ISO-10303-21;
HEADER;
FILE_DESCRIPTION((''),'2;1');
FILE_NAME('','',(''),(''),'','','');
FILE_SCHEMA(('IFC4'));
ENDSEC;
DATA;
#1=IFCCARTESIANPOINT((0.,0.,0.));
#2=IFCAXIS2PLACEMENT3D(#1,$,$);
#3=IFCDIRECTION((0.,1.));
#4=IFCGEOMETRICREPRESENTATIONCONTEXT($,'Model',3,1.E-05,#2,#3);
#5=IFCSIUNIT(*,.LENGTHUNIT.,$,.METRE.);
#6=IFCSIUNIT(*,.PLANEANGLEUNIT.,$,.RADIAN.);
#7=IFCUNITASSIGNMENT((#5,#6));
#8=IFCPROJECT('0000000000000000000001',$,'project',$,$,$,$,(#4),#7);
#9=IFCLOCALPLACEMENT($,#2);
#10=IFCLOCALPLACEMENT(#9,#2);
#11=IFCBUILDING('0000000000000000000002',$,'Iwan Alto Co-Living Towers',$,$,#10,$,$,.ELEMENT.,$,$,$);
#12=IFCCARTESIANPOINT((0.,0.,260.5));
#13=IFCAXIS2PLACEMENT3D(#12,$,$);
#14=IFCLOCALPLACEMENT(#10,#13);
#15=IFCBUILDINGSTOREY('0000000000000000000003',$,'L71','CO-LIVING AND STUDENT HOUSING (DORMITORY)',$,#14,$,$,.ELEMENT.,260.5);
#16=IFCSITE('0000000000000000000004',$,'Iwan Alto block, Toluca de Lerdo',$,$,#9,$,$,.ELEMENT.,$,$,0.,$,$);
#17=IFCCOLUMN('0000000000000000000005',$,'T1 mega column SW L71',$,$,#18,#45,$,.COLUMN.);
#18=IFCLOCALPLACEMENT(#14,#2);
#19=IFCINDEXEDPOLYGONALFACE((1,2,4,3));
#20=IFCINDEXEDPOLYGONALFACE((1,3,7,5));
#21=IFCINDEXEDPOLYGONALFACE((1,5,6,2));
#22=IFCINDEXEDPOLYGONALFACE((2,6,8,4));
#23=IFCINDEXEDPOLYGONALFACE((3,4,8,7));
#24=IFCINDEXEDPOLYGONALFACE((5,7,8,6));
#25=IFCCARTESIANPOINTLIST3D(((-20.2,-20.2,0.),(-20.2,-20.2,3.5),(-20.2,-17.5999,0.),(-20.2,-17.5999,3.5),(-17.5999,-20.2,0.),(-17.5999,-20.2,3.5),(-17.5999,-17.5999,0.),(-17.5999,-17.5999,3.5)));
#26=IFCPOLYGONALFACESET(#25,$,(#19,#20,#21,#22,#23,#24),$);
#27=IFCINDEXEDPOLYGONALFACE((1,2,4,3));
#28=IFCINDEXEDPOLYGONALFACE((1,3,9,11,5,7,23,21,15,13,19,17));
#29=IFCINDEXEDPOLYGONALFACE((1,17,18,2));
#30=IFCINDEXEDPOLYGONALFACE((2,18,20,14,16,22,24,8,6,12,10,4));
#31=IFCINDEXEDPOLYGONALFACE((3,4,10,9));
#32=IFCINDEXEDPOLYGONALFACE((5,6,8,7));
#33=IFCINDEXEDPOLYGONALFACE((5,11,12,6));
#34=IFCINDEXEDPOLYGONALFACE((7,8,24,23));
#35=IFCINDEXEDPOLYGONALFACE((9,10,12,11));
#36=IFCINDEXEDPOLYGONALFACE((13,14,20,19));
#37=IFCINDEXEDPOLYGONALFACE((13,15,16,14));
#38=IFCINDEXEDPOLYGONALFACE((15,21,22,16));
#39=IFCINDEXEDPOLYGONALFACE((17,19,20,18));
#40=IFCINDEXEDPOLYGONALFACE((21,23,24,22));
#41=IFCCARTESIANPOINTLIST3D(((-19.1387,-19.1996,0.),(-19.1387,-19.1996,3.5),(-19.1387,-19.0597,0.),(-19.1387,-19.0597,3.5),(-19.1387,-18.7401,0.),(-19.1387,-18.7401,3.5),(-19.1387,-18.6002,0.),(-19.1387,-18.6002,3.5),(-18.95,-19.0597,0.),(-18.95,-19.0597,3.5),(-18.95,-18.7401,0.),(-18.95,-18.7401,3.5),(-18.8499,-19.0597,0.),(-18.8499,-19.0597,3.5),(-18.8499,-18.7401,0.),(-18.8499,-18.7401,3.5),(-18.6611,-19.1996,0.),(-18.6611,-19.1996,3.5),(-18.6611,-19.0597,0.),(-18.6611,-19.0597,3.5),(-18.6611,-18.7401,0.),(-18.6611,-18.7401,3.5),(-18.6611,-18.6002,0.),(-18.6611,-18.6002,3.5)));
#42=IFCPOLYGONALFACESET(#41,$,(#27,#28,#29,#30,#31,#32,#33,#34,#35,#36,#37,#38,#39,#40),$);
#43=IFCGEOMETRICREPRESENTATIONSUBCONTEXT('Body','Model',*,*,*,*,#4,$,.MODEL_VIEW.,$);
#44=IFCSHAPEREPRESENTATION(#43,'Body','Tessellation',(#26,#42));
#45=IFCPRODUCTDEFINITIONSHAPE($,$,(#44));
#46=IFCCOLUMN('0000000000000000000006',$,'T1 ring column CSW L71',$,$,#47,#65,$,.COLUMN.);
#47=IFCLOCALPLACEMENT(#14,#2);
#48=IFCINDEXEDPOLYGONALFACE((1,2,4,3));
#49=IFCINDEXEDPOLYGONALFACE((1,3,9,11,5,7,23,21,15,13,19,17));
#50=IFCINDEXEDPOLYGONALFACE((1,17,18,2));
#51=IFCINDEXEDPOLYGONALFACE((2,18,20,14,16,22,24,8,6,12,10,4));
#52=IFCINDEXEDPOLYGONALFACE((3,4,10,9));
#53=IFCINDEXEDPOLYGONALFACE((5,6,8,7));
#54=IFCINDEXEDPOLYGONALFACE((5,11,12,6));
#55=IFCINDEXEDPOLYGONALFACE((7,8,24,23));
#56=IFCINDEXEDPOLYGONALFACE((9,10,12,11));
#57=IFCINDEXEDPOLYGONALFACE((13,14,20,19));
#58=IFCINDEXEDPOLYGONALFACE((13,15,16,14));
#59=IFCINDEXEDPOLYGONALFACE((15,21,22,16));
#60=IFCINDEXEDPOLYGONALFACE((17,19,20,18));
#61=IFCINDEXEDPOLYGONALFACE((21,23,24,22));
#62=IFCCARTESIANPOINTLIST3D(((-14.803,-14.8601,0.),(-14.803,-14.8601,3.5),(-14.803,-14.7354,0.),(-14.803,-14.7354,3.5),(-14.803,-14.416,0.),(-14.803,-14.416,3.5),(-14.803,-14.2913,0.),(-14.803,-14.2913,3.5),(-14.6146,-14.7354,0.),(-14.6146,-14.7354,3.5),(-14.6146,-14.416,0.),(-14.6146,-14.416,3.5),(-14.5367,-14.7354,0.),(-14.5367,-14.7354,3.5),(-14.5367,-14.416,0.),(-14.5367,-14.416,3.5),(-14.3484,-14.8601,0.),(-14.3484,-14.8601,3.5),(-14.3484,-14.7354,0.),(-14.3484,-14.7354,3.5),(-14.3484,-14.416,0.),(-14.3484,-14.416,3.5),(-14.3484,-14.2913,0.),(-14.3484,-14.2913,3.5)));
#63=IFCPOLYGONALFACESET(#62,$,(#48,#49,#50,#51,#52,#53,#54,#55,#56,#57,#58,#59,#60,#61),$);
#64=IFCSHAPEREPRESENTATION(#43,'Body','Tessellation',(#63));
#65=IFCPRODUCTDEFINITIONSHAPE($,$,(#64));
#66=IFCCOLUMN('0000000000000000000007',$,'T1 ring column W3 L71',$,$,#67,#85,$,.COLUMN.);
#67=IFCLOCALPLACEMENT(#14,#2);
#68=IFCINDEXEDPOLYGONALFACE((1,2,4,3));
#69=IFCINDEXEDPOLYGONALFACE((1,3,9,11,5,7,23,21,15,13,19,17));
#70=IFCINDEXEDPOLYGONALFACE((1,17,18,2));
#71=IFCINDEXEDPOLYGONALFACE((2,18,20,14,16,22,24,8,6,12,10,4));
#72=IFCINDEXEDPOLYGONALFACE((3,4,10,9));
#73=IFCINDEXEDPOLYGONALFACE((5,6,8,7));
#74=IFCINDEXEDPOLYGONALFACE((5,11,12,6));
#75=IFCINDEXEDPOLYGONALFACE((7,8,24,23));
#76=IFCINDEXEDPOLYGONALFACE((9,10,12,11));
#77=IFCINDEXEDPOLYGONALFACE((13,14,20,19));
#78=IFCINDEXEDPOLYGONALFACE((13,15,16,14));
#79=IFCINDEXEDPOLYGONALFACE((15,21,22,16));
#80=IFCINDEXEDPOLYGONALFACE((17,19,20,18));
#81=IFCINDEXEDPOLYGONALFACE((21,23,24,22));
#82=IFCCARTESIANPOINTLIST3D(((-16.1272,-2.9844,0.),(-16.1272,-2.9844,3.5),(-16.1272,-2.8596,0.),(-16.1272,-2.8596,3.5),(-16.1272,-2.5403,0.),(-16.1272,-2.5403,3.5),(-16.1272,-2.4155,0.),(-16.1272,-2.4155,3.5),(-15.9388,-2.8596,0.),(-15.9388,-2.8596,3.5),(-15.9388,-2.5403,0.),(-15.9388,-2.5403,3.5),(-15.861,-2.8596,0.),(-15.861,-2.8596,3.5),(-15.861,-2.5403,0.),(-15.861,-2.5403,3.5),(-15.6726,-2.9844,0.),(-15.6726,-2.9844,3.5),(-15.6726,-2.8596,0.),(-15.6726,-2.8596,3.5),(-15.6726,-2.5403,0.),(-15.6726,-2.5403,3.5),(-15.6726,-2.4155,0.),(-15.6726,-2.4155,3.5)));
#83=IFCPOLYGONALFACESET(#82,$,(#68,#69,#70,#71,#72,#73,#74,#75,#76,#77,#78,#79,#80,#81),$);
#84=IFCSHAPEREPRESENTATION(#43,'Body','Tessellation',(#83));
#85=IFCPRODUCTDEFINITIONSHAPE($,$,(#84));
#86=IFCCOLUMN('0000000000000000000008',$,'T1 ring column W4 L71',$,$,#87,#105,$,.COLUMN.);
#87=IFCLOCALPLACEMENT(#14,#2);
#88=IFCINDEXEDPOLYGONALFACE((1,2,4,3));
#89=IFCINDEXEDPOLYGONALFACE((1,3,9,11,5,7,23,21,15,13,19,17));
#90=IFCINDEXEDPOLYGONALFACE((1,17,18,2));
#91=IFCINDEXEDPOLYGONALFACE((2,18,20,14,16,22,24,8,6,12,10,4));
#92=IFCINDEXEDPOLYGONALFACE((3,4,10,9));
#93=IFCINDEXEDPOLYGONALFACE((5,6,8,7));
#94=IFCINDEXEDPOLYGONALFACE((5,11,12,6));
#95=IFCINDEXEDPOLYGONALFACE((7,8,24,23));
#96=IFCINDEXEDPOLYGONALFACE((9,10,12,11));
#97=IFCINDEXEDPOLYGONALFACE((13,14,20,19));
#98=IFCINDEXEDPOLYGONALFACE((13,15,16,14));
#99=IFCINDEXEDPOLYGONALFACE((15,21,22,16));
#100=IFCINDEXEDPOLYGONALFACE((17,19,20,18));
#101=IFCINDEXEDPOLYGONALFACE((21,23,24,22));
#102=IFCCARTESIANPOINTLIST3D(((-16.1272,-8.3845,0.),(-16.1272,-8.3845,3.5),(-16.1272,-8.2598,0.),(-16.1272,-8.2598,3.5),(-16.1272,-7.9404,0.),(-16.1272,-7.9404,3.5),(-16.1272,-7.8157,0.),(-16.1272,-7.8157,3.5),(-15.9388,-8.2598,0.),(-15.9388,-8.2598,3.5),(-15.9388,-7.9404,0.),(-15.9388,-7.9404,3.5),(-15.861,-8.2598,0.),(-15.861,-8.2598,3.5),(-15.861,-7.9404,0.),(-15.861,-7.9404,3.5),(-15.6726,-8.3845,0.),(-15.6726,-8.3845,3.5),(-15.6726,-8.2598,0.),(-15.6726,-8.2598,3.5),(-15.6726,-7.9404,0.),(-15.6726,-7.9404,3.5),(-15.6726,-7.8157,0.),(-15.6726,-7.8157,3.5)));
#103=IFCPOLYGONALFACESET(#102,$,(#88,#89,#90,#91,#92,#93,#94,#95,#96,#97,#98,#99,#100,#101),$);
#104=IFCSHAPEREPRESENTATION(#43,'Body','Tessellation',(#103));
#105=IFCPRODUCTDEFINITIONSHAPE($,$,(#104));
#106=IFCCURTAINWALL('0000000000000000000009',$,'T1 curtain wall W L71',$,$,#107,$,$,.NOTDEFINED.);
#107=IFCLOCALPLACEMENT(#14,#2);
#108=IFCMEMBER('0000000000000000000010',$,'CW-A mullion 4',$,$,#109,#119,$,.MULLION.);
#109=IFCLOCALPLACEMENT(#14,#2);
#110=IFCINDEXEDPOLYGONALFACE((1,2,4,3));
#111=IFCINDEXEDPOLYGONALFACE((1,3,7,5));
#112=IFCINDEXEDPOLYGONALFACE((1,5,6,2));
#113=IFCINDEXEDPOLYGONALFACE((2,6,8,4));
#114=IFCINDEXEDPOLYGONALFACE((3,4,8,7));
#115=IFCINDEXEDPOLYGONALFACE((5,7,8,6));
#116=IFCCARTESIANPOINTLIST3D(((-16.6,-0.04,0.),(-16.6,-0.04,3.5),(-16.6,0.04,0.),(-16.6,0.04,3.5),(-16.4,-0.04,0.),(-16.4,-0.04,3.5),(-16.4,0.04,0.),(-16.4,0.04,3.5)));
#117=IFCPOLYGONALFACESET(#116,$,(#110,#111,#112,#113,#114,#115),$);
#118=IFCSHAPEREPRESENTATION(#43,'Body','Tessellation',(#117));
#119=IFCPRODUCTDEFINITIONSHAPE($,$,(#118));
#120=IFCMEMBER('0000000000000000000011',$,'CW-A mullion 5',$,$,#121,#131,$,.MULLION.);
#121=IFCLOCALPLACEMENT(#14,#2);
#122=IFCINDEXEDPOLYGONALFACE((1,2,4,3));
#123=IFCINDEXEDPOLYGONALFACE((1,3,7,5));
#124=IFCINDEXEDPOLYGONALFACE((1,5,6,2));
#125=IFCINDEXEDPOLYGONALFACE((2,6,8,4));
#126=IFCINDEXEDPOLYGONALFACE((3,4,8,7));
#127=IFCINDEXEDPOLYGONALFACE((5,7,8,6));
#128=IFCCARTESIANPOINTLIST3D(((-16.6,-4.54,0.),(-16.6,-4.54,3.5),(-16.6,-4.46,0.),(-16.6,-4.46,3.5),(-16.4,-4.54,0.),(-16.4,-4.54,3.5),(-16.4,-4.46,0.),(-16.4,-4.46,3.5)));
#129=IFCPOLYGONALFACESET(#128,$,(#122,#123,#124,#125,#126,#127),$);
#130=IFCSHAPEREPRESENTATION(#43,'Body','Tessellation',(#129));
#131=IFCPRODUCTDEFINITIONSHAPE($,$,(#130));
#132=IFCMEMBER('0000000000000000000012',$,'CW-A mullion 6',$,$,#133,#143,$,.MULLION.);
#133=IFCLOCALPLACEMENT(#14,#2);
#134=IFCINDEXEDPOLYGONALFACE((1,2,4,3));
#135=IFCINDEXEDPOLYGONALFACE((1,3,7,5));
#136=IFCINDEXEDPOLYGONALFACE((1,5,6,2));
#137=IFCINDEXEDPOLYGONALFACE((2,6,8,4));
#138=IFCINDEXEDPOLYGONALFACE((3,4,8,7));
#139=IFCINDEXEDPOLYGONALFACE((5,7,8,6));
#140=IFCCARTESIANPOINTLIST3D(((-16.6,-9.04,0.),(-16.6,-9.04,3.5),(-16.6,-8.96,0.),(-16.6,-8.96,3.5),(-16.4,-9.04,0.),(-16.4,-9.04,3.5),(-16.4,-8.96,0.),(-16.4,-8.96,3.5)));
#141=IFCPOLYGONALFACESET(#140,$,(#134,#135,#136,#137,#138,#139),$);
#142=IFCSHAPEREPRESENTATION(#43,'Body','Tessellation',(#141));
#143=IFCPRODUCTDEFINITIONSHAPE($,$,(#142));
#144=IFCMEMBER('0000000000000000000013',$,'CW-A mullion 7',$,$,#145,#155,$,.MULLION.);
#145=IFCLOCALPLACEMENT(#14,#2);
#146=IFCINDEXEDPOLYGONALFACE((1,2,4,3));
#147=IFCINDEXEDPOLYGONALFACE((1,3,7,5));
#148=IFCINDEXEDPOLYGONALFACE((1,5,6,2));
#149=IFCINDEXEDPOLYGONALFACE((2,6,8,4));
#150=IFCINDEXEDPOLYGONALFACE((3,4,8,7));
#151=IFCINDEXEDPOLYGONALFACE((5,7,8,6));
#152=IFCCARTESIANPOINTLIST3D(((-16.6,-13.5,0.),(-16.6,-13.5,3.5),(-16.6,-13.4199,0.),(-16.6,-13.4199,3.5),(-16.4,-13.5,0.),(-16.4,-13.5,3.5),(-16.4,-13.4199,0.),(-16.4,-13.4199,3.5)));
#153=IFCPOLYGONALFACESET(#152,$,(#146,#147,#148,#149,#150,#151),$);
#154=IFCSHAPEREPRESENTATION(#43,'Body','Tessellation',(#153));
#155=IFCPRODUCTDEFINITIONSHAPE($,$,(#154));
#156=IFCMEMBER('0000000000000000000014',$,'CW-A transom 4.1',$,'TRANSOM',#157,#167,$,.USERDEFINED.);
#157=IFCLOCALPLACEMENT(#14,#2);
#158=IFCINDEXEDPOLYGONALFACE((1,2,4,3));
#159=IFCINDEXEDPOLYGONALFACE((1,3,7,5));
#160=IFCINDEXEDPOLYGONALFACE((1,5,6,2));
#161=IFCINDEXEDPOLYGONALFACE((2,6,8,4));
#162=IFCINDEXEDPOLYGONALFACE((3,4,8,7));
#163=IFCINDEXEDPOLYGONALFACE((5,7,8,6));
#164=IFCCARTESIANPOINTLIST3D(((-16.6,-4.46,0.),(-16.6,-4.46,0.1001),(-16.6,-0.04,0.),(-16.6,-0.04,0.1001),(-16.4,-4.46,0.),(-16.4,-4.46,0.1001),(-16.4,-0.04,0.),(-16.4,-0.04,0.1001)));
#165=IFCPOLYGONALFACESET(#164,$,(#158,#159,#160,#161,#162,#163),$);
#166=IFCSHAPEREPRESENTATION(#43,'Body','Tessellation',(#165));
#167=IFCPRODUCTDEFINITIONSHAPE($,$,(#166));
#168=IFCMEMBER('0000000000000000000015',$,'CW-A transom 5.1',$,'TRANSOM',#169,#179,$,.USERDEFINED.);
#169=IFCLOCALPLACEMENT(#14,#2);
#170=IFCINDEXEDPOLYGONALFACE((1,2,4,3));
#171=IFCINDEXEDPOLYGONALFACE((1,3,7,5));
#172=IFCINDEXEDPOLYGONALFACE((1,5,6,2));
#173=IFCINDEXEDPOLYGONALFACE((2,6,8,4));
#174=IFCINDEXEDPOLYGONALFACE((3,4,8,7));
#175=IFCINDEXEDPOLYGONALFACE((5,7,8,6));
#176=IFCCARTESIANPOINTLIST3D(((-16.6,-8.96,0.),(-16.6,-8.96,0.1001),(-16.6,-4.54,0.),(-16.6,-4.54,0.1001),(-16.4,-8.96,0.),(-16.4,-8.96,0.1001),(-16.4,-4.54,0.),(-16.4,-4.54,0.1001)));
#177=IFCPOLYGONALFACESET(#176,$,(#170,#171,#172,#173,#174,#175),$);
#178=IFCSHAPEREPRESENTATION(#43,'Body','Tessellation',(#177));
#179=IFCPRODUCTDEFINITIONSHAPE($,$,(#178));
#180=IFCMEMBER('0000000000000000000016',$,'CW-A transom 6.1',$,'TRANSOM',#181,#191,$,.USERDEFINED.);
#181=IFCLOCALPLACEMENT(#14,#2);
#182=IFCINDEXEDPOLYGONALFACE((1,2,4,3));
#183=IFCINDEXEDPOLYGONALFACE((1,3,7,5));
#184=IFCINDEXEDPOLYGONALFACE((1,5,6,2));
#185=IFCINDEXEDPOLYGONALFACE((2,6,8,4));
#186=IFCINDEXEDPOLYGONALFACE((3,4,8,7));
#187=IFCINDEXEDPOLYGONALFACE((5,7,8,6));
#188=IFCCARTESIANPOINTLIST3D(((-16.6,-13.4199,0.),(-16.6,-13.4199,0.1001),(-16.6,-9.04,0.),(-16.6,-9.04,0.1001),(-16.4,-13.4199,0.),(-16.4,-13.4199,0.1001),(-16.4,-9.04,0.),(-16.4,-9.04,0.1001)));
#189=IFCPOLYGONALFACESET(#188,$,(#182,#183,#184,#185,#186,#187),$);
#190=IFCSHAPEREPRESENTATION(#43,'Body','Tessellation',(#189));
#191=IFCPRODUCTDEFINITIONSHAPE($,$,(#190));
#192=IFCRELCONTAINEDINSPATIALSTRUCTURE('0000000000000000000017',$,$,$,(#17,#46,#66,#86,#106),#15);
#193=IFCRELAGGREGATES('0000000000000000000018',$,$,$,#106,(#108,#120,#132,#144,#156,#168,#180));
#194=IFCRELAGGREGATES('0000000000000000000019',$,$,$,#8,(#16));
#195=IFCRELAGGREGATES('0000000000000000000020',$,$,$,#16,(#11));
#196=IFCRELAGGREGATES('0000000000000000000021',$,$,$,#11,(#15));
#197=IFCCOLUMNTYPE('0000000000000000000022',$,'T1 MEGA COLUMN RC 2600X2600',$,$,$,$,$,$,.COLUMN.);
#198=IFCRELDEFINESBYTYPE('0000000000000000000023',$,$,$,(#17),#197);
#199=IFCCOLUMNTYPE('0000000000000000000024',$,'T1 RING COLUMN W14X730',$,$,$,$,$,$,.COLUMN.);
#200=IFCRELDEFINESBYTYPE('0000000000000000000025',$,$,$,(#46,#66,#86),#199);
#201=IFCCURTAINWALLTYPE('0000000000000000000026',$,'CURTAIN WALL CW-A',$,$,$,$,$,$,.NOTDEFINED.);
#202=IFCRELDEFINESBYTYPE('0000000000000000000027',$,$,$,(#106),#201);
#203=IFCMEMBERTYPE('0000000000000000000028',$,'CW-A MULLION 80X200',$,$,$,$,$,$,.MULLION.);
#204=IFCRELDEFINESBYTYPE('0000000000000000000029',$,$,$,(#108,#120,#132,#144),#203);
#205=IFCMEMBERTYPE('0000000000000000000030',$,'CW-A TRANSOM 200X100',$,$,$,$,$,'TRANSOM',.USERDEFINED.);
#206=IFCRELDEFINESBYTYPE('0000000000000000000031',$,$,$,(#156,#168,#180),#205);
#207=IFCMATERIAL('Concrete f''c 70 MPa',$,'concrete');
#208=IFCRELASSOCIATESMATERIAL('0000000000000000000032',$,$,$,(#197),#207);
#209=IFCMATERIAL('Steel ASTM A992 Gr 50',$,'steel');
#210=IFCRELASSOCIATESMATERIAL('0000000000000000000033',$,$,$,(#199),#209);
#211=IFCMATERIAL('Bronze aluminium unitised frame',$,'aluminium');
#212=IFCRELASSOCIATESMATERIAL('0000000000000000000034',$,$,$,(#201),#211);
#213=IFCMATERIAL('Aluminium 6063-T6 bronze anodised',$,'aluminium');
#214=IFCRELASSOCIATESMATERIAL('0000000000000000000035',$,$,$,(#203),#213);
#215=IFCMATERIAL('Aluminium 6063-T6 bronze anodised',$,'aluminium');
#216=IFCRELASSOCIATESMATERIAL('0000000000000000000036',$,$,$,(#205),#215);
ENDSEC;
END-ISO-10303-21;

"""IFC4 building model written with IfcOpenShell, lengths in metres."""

from ifc_helpers import new_model, si_unit, direction, frame, origin, origin_2d, place, context, subcontext, project, spatial, rectangle, i_section, extrude, material, material_profile, profile_set, type_object, element, aggregate, save


model = new_model("IFC4")

# Units and contexts
model_context = context("Model", 3, precision=1e-05, world=origin(), true_north=direction((0.0, 1.0)))
body_context = subcontext(model_context, "Body", "Model", "MODEL_VIEW")
ifc_project = project(units=[si_unit("LENGTHUNIT", "METRE"), si_unit("PLANEANGLEUNIT", "RADIAN")], contexts=[model_context])

# Site, building, storey
site_placement = place(None, origin())
site = spatial("IfcSite", under=ifc_project, at=site_placement, Name="Iwan Alto block, Toluca de Lerdo", CompositionType="ELEMENT", RefElevation=0.0)
building_placement = place(site_placement, origin())
building = spatial("IfcBuilding", under=site, at=building_placement, Name="Iwan Alto Co-Living Towers", CompositionType="ELEMENT")
storey_placement = place(building_placement, frame((0.0, 0.0, 260.5)))
storey = spatial("IfcBuildingStorey", under=building, at=storey_placement, Name="L71", Description="CO-LIVING AND STUDENT HOUSING (DORMITORY)", CompositionType="ELEMENT", Elevation=260.5)

# Columns
ifc_material_1 = material(Name="Concrete f'c 70 MPa", Category="concrete")
ifc_material_profile_1 = material_profile(ifc_material_1, rectangle(XDim=2.6001, YDim=2.6001, at=origin_2d()), Name="RC 2600X2600")
ifc_profile_set_1 = profile_set([ifc_material_profile_1], Name="Concrete f'c 70 MPa")
column_type_1 = type_object("IfcColumnType", Name="T1 MEGA COLUMN RC 2600X2600", PredefinedType="COLUMN", material=ifc_profile_set_1)
column_placement = place(storey_placement, frame((-18.8999, -18.8999, 0.0), z_axis=(0.0, 0.0, 1.0), x_axis=(1.0, 0.0, 0.0)))
element("IfcColumn", 1, at=column_placement, inside=storey, type_object=column_type_1, Name="T1 mega column SW L71", PredefinedType="COLUMN", context=body_context, shape_type="SweptSolid", body=[
    extrude(rectangle(XDim=2.6001, YDim=2.6001, at=origin_2d()), origin(), (0.0, 0.0, 1.0), 3.5),
    extrude(i_section(OverallWidth=0.4775, OverallDepth=0.5994, WebThickness=0.1001, FlangeThickness=0.1399, at=origin_2d()), origin(), (0.0, 0.0, 1.0), 3.5),
])
ifc_material_2 = material(Name="Steel ASTM A992 Gr 50", Category="steel")
ifc_material_profile_2 = material_profile(ifc_material_2, i_section(OverallWidth=0.4546, OverallDepth=0.5688, WebThickness=0.0779, FlangeThickness=0.1248, at=origin_2d()), Name="W14X730")
ifc_profile_set_2 = profile_set([ifc_material_profile_2], Name="Steel ASTM A992 Gr 50")
column_type_2 = type_object("IfcColumnType", Name="T1 RING COLUMN W14X730", PredefinedType="COLUMN", material=ifc_profile_set_2)
for number, where, z_axis, x_axis, name in (
    (2, (-14.5757, -14.5757, 0.0), (0.0, 0.0, 1.0), (1.0, 0.0, 0.0), "T1 ring column CSW L71"),
    (3, (-15.8999, -2.7, 0.0), (0.0, 0.0, 1.0), (1.0, 0.0, 0.0), "T1 ring column W3 L71"),
    (4, (-15.8999, -8.1001, 0.0), (0.0, 0.0, 1.0), (1.0, 0.0, 0.0), "T1 ring column W4 L71"),
):
    element("IfcColumn", number, at=place(storey_placement, frame(where, z_axis=z_axis, x_axis=x_axis)), inside=storey, type_object=column_type_2, Name=name, PredefinedType="COLUMN", context=body_context, shape_type="SweptSolid", body=[
        extrude(i_section(OverallWidth=0.4546, OverallDepth=0.5688, WebThickness=0.0779, FlangeThickness=0.1248, at=origin_2d()), origin(), (0.0, 0.0, 1.0), 3.5),
    ])

# Curtain wall, members
ifc_material_3 = material(Name="Bronze aluminium unitised frame", Category="aluminium")
curtain_wall_type_1 = type_object("IfcCurtainWallType", Name="CURTAIN WALL CW-A", PredefinedType="NOTDEFINED", material=ifc_material_3)
curtain_wall_1_placement = place(storey_placement, origin())
curtain_wall_1 = element("IfcCurtainWall", 5, at=curtain_wall_1_placement, inside=storey, type_object=curtain_wall_type_1, Name="T1 curtain wall W L71", PredefinedType="NOTDEFINED")
ifc_material_4 = material(Name="Aluminium 6063-T6 bronze anodised", Category="aluminium")
ifc_material_profile_3 = material_profile(ifc_material_4, rectangle(XDim=0.2, YDim=0.0801, at=origin_2d()), Name="AL 80X200")
ifc_profile_set_3 = profile_set([ifc_material_profile_3], Name="Aluminium 6063-T6 bronze anodised")
member_type_1 = type_object("IfcMemberType", Name="CW-A MULLION 80X200", PredefinedType="MULLION", material=ifc_profile_set_3)
member_1_placement = place(storey_placement, frame((-16.5, 0.0, 0.0), z_axis=(0.0, 0.0, 1.0), x_axis=(1.0, 0.0, 0.0)))
member_1 = element("IfcMember", 6, at=member_1_placement, type_object=member_type_1, Name="CW-A mullion 4", PredefinedType="MULLION", context=body_context, shape_type="SweptSolid", body=[
    extrude(rectangle(XDim=0.2, YDim=0.0801, at=origin_2d()), origin(), (0.0, 0.0, 1.0), 3.5),
])
member_2_placement = place(storey_placement, frame((-16.5, -4.5, 0.0), z_axis=(0.0, 0.0, 1.0), x_axis=(1.0, 0.0, 0.0)))
member_2 = element("IfcMember", 7, at=member_2_placement, type_object=member_type_1, Name="CW-A mullion 5", PredefinedType="MULLION", context=body_context, shape_type="SweptSolid", body=[
    extrude(rectangle(XDim=0.2, YDim=0.0801, at=origin_2d()), origin(), (0.0, 0.0, 1.0), 3.5),
])
member_3_placement = place(storey_placement, frame((-16.5, -9.0, 0.0), z_axis=(0.0, 0.0, 1.0), x_axis=(1.0, 0.0, 0.0)))
member_3 = element("IfcMember", 8, at=member_3_placement, type_object=member_type_1, Name="CW-A mullion 6", PredefinedType="MULLION", context=body_context, shape_type="SweptSolid", body=[
    extrude(rectangle(XDim=0.2, YDim=0.0801, at=origin_2d()), origin(), (0.0, 0.0, 1.0), 3.5),
])
member_4_placement = place(storey_placement, frame((-16.5, -13.46, 0.0), z_axis=(0.0, 0.0, 1.0), x_axis=(1.0, 0.0, 0.0)))
member_4 = element("IfcMember", 9, at=member_4_placement, type_object=member_type_1, Name="CW-A mullion 7", PredefinedType="MULLION", context=body_context, shape_type="SweptSolid", body=[
    extrude(rectangle(XDim=0.2, YDim=0.0801, at=origin_2d()), origin(), (0.0, 0.0, 1.0), 3.5),
])
ifc_material_5 = material(Name="Aluminium 6063-T6 bronze anodised", Category="aluminium")
ifc_material_profile_4 = material_profile(ifc_material_5, rectangle(XDim=0.2, YDim=0.1001, at=origin_2d()), Name="AL 200X100")
ifc_profile_set_4 = profile_set([ifc_material_profile_4], Name="Aluminium 6063-T6 bronze anodised")
member_type_2 = type_object("IfcMemberType", Name="CW-A TRANSOM 200X100", ElementType="TRANSOM", PredefinedType="USERDEFINED", material=ifc_profile_set_4)
member_5_placement = place(storey_placement, frame((-16.5, -0.04, 0.05), z_axis=(0.0, -1.0, 0.0), x_axis=(1.0, 0.0, 0.0)))
member_5 = element("IfcMember", 10, at=member_5_placement, type_object=member_type_2, Name="CW-A transom 4.1", ObjectType="TRANSOM", PredefinedType="USERDEFINED", context=body_context, shape_type="SweptSolid", body=[
    extrude(rectangle(XDim=0.2, YDim=0.1001, at=origin_2d()), origin(), (0.0, 0.0, 1.0), 4.4199),
])
member_6_placement = place(storey_placement, frame((-16.5, -4.54, 0.05), z_axis=(0.0, -1.0, 0.0), x_axis=(1.0, 0.0, 0.0)))
member_6 = element("IfcMember", 11, at=member_6_placement, type_object=member_type_2, Name="CW-A transom 5.1", ObjectType="TRANSOM", PredefinedType="USERDEFINED", context=body_context, shape_type="SweptSolid", body=[
    extrude(rectangle(XDim=0.2, YDim=0.1001, at=origin_2d()), origin(), (0.0, 0.0, 1.0), 4.4199),
])
member_7_placement = place(storey_placement, frame((-16.5, -9.04, 0.05), z_axis=(0.0, -1.0, 0.0), x_axis=(1.0, 0.0, 0.0)))
member_7 = element("IfcMember", 12, at=member_7_placement, type_object=member_type_2, Name="CW-A transom 6.1", ObjectType="TRANSOM", PredefinedType="USERDEFINED", context=body_context, shape_type="SweptSolid", body=[
    extrude(rectangle(XDim=0.2, YDim=0.1001, at=origin_2d()), origin(), (0.0, 0.0, 1.0), 4.3799),
])

aggregate(curtain_wall_1, [member_1, member_2, member_3, member_4, member_5, member_6, member_7])

save(model, "model.ifc")
